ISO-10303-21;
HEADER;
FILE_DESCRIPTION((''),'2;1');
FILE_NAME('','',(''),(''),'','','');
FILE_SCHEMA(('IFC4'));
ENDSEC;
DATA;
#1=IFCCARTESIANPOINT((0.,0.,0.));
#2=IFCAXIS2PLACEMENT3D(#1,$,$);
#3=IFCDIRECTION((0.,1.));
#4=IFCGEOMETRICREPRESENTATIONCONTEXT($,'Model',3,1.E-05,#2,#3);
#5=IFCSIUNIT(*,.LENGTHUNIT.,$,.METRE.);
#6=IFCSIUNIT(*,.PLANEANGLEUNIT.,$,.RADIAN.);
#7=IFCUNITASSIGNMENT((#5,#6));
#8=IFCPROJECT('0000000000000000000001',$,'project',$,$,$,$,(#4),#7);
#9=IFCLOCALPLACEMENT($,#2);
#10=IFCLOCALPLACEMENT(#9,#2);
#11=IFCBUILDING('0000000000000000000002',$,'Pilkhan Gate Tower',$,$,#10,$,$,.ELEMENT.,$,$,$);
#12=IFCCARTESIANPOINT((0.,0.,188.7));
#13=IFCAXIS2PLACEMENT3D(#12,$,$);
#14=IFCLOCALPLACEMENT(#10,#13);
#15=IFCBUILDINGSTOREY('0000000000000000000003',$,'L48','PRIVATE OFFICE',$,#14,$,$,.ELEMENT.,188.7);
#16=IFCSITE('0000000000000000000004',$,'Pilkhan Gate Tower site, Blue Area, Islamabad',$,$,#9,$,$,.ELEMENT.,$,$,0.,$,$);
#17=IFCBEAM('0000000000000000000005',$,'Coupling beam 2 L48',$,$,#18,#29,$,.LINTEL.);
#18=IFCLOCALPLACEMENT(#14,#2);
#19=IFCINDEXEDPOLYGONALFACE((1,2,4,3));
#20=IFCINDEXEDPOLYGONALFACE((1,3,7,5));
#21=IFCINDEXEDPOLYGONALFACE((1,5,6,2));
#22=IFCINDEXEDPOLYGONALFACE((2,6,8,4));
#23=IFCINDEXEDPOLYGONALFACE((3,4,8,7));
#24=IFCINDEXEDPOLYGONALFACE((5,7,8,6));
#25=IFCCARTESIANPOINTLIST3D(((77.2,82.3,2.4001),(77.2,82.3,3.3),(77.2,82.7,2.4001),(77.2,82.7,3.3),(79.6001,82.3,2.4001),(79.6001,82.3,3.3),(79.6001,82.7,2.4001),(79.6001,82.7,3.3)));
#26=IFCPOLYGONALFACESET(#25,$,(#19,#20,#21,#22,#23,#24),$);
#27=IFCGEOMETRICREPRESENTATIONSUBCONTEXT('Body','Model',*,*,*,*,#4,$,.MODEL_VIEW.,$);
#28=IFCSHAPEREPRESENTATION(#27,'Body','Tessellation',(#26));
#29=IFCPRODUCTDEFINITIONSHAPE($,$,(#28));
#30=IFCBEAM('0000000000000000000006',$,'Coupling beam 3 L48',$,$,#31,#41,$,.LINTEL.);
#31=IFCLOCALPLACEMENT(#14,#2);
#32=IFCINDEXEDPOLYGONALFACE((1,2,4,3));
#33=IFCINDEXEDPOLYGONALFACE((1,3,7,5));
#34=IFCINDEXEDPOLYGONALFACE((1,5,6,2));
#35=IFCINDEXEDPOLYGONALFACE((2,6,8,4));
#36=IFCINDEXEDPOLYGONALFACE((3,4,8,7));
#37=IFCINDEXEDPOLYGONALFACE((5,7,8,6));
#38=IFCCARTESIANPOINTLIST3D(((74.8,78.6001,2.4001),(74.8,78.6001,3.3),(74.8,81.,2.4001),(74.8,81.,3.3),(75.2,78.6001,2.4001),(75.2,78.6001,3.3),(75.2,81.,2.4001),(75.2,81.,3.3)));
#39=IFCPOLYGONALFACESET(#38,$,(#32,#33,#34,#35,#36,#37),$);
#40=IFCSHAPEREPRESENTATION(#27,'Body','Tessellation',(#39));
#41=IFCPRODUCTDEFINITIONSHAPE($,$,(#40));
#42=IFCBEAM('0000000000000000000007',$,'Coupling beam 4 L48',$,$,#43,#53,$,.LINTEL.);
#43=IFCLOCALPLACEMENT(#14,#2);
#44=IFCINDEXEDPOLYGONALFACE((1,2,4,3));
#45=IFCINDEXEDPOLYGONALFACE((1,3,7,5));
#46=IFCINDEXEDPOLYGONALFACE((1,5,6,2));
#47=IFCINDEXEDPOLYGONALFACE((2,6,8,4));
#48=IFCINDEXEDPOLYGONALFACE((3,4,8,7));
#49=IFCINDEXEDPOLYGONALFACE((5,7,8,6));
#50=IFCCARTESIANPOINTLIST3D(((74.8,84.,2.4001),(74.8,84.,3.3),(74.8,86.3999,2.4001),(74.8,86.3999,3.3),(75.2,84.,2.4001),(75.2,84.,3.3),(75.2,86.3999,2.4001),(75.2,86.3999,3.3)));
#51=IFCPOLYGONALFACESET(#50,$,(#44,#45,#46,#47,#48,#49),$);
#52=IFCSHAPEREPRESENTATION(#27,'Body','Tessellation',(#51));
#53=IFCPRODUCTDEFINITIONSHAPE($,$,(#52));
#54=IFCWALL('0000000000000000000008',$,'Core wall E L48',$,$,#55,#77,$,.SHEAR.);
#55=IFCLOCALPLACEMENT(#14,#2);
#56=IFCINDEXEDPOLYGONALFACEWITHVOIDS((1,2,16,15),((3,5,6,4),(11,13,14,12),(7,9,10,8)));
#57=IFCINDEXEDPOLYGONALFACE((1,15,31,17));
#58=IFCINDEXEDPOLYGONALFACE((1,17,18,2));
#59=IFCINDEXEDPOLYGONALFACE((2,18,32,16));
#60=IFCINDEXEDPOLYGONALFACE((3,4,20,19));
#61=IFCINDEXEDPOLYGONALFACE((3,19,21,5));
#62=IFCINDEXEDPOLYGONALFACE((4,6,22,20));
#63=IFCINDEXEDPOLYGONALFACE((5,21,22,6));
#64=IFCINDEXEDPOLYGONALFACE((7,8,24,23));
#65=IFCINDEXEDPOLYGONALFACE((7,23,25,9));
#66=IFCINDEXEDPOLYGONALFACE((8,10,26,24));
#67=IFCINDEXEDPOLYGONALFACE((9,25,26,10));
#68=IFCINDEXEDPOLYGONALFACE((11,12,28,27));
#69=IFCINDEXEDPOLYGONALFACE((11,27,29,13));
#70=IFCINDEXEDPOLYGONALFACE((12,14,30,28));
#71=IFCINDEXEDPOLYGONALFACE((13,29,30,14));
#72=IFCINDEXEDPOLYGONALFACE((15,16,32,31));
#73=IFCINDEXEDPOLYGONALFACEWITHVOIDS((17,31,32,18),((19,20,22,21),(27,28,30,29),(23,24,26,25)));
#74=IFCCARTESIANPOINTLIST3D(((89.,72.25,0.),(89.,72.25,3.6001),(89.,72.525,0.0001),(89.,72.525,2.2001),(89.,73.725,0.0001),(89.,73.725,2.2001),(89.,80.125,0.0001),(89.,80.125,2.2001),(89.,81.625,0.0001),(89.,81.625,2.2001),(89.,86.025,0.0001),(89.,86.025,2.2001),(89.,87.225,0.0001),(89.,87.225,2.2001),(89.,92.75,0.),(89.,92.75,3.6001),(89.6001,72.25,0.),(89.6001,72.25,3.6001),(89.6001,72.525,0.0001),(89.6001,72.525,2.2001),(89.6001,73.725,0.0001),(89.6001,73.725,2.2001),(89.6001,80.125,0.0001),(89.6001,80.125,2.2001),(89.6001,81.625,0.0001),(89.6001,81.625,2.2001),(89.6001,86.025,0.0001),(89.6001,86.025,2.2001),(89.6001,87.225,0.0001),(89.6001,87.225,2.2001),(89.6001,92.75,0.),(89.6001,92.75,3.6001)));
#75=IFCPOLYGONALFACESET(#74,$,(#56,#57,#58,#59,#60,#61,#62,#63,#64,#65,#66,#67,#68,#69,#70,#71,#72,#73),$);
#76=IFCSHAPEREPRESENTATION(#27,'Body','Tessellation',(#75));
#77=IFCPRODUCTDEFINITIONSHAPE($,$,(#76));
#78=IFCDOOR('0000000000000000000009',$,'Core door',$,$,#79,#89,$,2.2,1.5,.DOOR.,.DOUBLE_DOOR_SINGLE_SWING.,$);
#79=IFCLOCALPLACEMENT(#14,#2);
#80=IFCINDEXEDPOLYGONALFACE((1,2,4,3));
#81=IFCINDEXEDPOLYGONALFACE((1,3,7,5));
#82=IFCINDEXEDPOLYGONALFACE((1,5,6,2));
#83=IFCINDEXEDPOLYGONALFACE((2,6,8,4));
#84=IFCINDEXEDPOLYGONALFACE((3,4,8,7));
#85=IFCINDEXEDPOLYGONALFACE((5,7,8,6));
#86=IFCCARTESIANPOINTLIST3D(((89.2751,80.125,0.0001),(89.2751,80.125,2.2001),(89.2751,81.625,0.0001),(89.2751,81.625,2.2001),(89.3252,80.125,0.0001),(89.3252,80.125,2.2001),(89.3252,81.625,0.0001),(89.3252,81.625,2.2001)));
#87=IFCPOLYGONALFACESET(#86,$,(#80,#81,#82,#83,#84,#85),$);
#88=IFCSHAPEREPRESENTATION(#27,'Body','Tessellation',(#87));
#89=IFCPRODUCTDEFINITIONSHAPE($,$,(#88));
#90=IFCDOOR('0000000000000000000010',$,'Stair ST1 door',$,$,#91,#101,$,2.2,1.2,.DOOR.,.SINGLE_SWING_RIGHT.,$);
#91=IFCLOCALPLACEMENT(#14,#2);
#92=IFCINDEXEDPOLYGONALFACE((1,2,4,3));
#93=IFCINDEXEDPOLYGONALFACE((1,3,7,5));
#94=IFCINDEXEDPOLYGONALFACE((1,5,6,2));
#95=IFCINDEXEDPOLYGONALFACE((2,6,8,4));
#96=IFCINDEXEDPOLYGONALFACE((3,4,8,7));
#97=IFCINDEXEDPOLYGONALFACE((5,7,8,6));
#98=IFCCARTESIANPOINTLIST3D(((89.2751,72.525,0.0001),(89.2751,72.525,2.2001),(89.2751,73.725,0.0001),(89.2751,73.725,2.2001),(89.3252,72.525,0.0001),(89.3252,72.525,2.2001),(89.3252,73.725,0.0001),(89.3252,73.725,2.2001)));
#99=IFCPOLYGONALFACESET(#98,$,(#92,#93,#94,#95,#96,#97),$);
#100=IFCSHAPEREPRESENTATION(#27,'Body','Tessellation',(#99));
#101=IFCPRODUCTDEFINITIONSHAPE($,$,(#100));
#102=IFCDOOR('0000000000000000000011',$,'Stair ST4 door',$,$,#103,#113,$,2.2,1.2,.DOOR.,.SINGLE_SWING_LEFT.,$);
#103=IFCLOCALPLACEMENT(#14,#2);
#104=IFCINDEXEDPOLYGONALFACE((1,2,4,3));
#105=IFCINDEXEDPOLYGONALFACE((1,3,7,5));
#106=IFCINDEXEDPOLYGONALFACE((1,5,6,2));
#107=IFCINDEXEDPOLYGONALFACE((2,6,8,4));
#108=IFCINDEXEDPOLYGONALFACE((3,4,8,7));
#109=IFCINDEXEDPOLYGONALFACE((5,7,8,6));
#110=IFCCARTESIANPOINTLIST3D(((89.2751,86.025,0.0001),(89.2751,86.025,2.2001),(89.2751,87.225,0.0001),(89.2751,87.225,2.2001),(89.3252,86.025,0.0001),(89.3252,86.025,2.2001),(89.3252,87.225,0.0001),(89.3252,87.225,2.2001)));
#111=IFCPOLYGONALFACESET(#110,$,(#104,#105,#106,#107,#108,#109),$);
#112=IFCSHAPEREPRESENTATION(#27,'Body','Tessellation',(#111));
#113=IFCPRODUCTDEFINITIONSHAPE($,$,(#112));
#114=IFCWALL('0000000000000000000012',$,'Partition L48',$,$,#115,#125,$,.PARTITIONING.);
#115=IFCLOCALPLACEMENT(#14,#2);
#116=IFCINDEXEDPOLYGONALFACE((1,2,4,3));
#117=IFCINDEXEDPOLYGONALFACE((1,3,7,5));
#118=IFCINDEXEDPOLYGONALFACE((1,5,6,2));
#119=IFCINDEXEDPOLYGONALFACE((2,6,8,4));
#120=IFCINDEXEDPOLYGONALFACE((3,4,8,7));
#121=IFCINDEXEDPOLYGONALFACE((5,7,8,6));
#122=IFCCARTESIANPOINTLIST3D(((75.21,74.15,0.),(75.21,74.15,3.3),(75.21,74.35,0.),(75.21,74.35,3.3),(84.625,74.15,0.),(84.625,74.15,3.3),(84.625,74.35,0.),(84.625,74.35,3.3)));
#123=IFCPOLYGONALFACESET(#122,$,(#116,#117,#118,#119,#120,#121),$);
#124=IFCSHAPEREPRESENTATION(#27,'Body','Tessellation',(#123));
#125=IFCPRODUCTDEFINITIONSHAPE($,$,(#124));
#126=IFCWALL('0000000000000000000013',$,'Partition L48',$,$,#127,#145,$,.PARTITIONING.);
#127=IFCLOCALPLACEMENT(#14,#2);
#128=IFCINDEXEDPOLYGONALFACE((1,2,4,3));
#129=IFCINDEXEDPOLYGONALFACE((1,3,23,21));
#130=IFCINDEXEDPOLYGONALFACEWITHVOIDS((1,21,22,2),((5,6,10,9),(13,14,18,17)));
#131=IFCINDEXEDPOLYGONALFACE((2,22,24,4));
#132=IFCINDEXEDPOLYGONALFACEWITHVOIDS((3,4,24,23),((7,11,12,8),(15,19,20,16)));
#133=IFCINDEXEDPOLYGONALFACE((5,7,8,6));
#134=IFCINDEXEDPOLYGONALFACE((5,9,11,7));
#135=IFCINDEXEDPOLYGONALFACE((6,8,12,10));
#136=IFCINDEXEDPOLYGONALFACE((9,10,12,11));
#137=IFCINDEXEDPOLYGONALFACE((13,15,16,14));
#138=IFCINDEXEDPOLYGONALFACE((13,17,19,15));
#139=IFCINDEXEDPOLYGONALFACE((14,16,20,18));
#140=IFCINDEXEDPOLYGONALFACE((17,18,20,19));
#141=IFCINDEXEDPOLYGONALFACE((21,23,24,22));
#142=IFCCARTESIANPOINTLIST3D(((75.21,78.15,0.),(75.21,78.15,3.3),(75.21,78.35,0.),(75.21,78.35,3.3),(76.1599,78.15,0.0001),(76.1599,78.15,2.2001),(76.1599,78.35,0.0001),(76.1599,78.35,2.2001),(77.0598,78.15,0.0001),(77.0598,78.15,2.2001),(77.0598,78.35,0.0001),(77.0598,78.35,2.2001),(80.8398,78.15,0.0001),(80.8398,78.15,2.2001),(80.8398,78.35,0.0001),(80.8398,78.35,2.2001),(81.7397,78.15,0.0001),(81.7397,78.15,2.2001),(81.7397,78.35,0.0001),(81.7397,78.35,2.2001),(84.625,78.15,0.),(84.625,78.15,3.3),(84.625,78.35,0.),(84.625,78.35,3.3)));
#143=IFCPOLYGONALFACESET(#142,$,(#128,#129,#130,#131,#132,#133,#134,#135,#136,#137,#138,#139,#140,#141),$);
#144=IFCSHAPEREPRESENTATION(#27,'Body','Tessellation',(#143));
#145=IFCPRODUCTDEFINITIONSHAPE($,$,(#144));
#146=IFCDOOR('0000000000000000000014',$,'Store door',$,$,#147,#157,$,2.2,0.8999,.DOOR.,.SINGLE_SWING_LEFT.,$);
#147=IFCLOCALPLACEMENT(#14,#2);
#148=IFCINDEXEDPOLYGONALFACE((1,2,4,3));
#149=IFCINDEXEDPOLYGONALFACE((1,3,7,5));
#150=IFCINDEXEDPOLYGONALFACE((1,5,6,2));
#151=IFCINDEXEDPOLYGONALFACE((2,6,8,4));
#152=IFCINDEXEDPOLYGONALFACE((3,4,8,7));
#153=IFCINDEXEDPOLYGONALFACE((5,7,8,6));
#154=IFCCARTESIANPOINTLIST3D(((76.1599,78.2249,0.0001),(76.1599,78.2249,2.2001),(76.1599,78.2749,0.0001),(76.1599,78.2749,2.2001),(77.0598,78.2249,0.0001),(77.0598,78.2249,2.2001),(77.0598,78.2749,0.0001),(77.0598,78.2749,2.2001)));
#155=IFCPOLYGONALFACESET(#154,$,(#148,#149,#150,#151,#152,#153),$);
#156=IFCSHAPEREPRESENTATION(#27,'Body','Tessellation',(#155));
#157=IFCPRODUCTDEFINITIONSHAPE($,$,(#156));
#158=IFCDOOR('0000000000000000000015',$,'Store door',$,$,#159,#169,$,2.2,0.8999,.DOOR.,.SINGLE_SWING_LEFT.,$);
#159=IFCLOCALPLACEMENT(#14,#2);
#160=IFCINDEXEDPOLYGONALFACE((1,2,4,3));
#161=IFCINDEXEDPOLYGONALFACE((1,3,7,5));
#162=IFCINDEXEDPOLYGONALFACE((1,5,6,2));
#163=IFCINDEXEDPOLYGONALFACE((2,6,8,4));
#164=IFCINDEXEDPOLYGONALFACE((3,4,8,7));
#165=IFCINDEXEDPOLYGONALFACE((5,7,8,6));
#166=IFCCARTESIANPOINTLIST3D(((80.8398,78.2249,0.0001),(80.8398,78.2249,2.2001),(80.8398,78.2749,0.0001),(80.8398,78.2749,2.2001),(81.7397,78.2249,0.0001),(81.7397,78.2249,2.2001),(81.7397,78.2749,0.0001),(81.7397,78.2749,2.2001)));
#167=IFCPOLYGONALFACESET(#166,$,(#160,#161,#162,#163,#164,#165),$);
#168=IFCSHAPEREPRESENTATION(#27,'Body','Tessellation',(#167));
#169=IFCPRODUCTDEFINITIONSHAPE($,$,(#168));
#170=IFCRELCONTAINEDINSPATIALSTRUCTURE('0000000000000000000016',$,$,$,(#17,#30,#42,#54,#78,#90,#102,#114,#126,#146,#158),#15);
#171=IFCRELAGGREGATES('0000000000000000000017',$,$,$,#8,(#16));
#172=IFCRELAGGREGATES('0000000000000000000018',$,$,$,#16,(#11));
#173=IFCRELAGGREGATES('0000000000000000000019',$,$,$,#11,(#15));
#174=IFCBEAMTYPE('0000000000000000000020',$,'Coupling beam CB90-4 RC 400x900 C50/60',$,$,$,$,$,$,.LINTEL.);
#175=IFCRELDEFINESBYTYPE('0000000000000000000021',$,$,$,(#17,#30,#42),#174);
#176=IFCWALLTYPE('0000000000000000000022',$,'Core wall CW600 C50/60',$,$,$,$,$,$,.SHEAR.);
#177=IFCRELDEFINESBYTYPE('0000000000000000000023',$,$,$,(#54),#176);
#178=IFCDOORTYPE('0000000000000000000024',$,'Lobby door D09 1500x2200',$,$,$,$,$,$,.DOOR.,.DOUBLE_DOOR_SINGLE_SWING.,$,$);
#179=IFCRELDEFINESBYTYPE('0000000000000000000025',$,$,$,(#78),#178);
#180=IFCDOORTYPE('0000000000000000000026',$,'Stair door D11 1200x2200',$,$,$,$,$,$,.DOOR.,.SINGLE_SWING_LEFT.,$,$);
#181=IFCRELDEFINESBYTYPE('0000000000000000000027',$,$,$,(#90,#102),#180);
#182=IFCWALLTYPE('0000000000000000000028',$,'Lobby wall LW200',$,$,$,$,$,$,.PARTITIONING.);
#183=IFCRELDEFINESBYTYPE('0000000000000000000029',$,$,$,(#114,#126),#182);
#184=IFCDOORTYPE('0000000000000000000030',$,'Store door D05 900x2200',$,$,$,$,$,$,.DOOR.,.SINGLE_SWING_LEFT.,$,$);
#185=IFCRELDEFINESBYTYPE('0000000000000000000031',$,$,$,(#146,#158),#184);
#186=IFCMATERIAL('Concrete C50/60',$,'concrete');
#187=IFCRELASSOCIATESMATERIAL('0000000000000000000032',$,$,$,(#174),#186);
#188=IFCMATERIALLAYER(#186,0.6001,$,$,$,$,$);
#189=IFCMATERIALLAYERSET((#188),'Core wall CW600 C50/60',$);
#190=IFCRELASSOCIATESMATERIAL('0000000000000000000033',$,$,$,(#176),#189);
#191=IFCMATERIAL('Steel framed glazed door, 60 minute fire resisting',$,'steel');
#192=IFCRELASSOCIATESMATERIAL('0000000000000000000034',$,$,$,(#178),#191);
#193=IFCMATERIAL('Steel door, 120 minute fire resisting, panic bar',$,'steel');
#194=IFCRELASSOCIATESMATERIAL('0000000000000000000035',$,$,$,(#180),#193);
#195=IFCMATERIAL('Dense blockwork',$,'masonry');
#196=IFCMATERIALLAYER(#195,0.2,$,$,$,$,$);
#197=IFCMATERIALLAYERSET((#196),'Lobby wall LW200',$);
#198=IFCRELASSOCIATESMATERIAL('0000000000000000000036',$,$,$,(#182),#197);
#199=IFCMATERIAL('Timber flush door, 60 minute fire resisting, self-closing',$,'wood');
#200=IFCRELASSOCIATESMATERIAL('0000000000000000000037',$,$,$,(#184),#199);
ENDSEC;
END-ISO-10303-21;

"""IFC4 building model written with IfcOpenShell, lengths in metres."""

from ifc_helpers import new_model, si_unit, direction, frame, frame_2d, origin, origin_2d, place, context, subcontext, project, spatial, rectangle, extrude, material, layer, layer_set, material_profile, profile_set, type_object, element, fill, save


model = new_model("IFC4")

# Units and contexts
model_context = context("Model", 3, precision=1e-05, world=origin(), true_north=direction((0.0, 1.0)))
body_context = subcontext(model_context, "Body", "Model", "MODEL_VIEW")
ifc_project = project(units=[si_unit("LENGTHUNIT", "METRE"), si_unit("PLANEANGLEUNIT", "RADIAN")], contexts=[model_context])

# Site, building, storey
site_placement = place(None, origin())
site = spatial("IfcSite", under=ifc_project, at=site_placement, Name="Pilkhan Gate Tower site, Blue Area, Islamabad", CompositionType="ELEMENT", RefElevation=0.0)
building_placement = place(site_placement, origin())
building = spatial("IfcBuilding", under=site, at=building_placement, Name="Pilkhan Gate Tower", CompositionType="ELEMENT")
storey_placement = place(building_placement, frame((0.0, 0.0, 188.7)))
storey = spatial("IfcBuildingStorey", under=building, at=storey_placement, Name="L48", Description="PRIVATE OFFICE", CompositionType="ELEMENT", Elevation=188.7)

# Beams
ifc_material_1 = material(Name="Concrete C50/60", Category="concrete")
ifc_material_profile = material_profile(ifc_material_1, rectangle(XDim=0.3999, YDim=0.8999, at=origin_2d()), Name="RC 400x900")
ifc_profile_set = profile_set([ifc_material_profile], Name="Concrete C50/60")
beam_type = type_object("IfcBeamType", Name="Coupling beam CB90-4 RC 400x900 C50/60", PredefinedType="LINTEL", material=ifc_profile_set)
beam_placement = place(storey_placement, frame((77.2, 82.5, 2.8501), z_axis=(1.0, 0.0, 0.0), x_axis=(0.0, 1.0, 0.0)))
element("IfcBeam", 1, at=beam_placement, inside=storey, type_object=beam_type, Name="Coupling beam 2 L48", PredefinedType="LINTEL", context=body_context, shape_type="SweptSolid", body=[
    extrude(rectangle(XDim=0.3999, YDim=0.8999, at=origin_2d()), origin(), (0.0, 0.0, 1.0), 2.4001),
])
for number, where, z_axis, x_axis, name in (
    (2, (75.0, 78.6001, 2.8501), (0.0, 1.0, 0.0), (-1.0, 0.0, 0.0), "Coupling beam 3 L48"),
    (3, (75.0, 84.0, 2.8501), (0.0, 1.0, 0.0), (-1.0, 0.0, 0.0), "Coupling beam 4 L48"),
):
    element("IfcBeam", number, at=place(storey_placement, frame(where, z_axis=z_axis, x_axis=x_axis)), inside=storey, type_object=beam_type, Name=name, PredefinedType="LINTEL", context=body_context, shape_type="SweptSolid", body=[
        extrude(rectangle(XDim=0.3999, YDim=0.8999, at=origin_2d()), origin(), (0.0, 0.0, 1.0), 2.3999),
    ])

# Wall, openings, doors
ifc_layer_1 = layer(ifc_material_1, 0.6001)
ifc_layer_set_1 = layer_set([ifc_layer_1], Name="Core wall CW600 C50/60")
wall_type_1 = type_object("IfcWallType", Name="Core wall CW600 C50/60", PredefinedType="SHEAR", material=ifc_layer_set_1)
wall_1_placement = place(storey_placement, frame((89.3, 72.25, 0.0), z_axis=(0.0, 0.0, 1.0), x_axis=(0.0, 1.0, 0.0)))
wall_1 = element("IfcWall", 4, at=wall_1_placement, inside=storey, type_object=wall_type_1, Name="Core wall E L48", PredefinedType="SHEAR", context=body_context, shape_type="SweptSolid", body=[
    extrude(rectangle(XDim=20.5, YDim=0.6001, at=frame_2d((10.25, 0.0))), origin(), (0.0, 0.0, 1.0), 3.6001),
])
opening_1_placement = place(wall_1_placement, frame((0.2749, 0.0, 0.0)))
opening_1 = element("IfcOpeningElement", 5, at=opening_1_placement, cuts=wall_1, PredefinedType="OPENING", context=body_context, shape_type="SweptSolid", body=[
    extrude(rectangle(XDim=1.2, YDim=2.2, at=frame_2d((0.6001, 1.1001))), frame((0.0, 0.3101, 0.0), z_axis=(0.0, -1.0, 0.0), x_axis=(1.0, 0.0, 0.0)), (0.0, 0.0, 1.0), 0.6201),
])
opening_2_placement = place(wall_1_placement, frame((13.7749, 0.0, 0.0)))
opening_2 = element("IfcOpeningElement", 6, at=opening_2_placement, cuts=wall_1, PredefinedType="OPENING", context=body_context, shape_type="SweptSolid", body=[
    extrude(rectangle(XDim=1.2, YDim=2.2, at=frame_2d((0.6001, 1.1001))), frame((0.0, 0.3101, 0.0), z_axis=(0.0, -1.0, 0.0), x_axis=(1.0, 0.0, 0.0)), (0.0, 0.0, 1.0), 0.6201),
])
opening_3_placement = place(wall_1_placement, frame((7.875, 0.0, 0.0)))
opening_3 = element("IfcOpeningElement", 7, at=opening_3_placement, cuts=wall_1, PredefinedType="OPENING", context=body_context, shape_type="SweptSolid", body=[
    extrude(rectangle(XDim=1.5, YDim=2.2, at=frame_2d((0.75, 1.1001))), frame((0.0, 0.3101, 0.0), z_axis=(0.0, -1.0, 0.0), x_axis=(1.0, 0.0, 0.0)), (0.0, 0.0, 1.0), 0.6201),
])
ifc_material_2 = material(Name="Steel framed glazed door, 60 minute fire resisting", Category="steel")
door_type_1 = type_object("IfcDoorType", Name="Lobby door D09 1500x2200", OperationType="DOUBLE_DOOR_SINGLE_SWING", PredefinedType="DOOR", material=ifc_material_2)
door_1_placement = place(opening_3_placement, origin())
door_1 = element("IfcDoor", 8, at=door_1_placement, inside=storey, type_object=door_type_1, Name="Core door", OperationType="DOUBLE_DOOR_SINGLE_SWING", OverallHeight=2.2, OverallWidth=1.5, PredefinedType="DOOR", context=body_context, shape_type="SweptSolid", body=[
    extrude(rectangle(XDim=1.5, YDim=2.2, at=frame_2d((0.75, 1.1001))), frame((0.0, 0.0249, 0.0), z_axis=(0.0, -1.0, 0.0), x_axis=(1.0, 0.0, 0.0)), (0.0, 0.0, 1.0), 0.05),
])
fill(opening_3, door_1)
ifc_material_3 = material(Name="Steel door, 120 minute fire resisting, panic bar", Category="steel")
door_type_2 = type_object("IfcDoorType", Name="Stair door D11 1200x2200", OperationType="SINGLE_SWING_LEFT", PredefinedType="DOOR", material=ifc_material_3)
door_2_placement = place(opening_1_placement, origin())
door_2 = element("IfcDoor", 9, at=door_2_placement, inside=storey, type_object=door_type_2, Name="Stair ST1 door", OperationType="SINGLE_SWING_RIGHT", OverallHeight=2.2, OverallWidth=1.2, PredefinedType="DOOR", context=body_context, shape_type="SweptSolid", body=[
    extrude(rectangle(XDim=1.2, YDim=2.2, at=frame_2d((0.6001, 1.1001))), frame((0.0, 0.0249, 0.0), z_axis=(0.0, -1.0, 0.0), x_axis=(1.0, 0.0, 0.0)), (0.0, 0.0, 1.0), 0.05),
])
fill(opening_1, door_2)
door_3_placement = place(opening_2_placement, origin())
door_3 = element("IfcDoor", 10, at=door_3_placement, inside=storey, type_object=door_type_2, Name="Stair ST4 door", OperationType="SINGLE_SWING_LEFT", OverallHeight=2.2, OverallWidth=1.2, PredefinedType="DOOR", context=body_context, shape_type="SweptSolid", body=[
    extrude(rectangle(XDim=1.2, YDim=2.2, at=frame_2d((0.6001, 1.1001))), frame((0.0, 0.0249, 0.0), z_axis=(0.0, -1.0, 0.0), x_axis=(1.0, 0.0, 0.0)), (0.0, 0.0, 1.0), 0.05),
])
fill(opening_2, door_3)

# Wall
ifc_material_4 = material(Name="Dense blockwork", Category="masonry")
ifc_layer_2 = layer(ifc_material_4, 0.2)
ifc_layer_set_2 = layer_set([ifc_layer_2], Name="Lobby wall LW200")
wall_type_2 = type_object("IfcWallType", Name="Lobby wall LW200", PredefinedType="PARTITIONING", material=ifc_layer_set_2)
wall_2_placement = place(storey_placement, frame((75.21, 74.25, 0.0), z_axis=(0.0, 0.0, 1.0), x_axis=(1.0, 0.0, 0.0)))
element("IfcWall", 11, at=wall_2_placement, inside=storey, type_object=wall_type_2, Name="Partition L48", PredefinedType="PARTITIONING", context=body_context, shape_type="SweptSolid", body=[
    extrude(rectangle(XDim=9.415, YDim=0.2, at=frame_2d((4.7075, 0.0))), origin(), (0.0, 0.0, 1.0), 3.3),
])

# Wall, openings, doors
wall_3_placement = place(storey_placement, frame((75.21, 78.25, 0.0), z_axis=(0.0, 0.0, 1.0), x_axis=(1.0, 0.0, 0.0)))
wall_3 = element("IfcWall", 12, at=wall_3_placement, inside=storey, type_object=wall_type_2, Name="Partition L48", PredefinedType="PARTITIONING", context=body_context, shape_type="SweptSolid", body=[
    extrude(rectangle(XDim=9.415, YDim=0.2, at=frame_2d((4.7075, 0.0))), origin(), (0.0, 0.0, 1.0), 3.3),
])
opening_4_placement = place(wall_3_placement, frame((0.95, 0.0, 0.0)))
opening_4 = element("IfcOpeningElement", 13, at=opening_4_placement, cuts=wall_3, PredefinedType="OPENING", context=body_context, shape_type="SweptSolid", body=[
    extrude(rectangle(XDim=0.8999, YDim=2.2, at=frame_2d((0.45, 1.1001))), frame((0.0, 0.1099, 0.0), z_axis=(0.0, -1.0, 0.0), x_axis=(1.0, 0.0, 0.0)), (0.0, 0.0, 1.0), 0.22),
])
opening_5_placement = place(wall_3_placement, frame((5.6299, 0.0, 0.0)))
opening_5 = element("IfcOpeningElement", 14, at=opening_5_placement, cuts=wall_3, PredefinedType="OPENING", context=body_context, shape_type="SweptSolid", body=[
    extrude(rectangle(XDim=0.8999, YDim=2.2, at=frame_2d((0.45, 1.1001))), frame((0.0, 0.1099, 0.0), z_axis=(0.0, -1.0, 0.0), x_axis=(1.0, 0.0, 0.0)), (0.0, 0.0, 1.0), 0.22),
])
ifc_material_5 = material(Name="Timber flush door, 60 minute fire resisting, self-closing", Category="wood")
door_type_3 = type_object("IfcDoorType", Name="Store door D05 900x2200", OperationType="SINGLE_SWING_LEFT", PredefinedType="DOOR", material=ifc_material_5)
door_4_placement = place(opening_4_placement, origin())
door_4 = element("IfcDoor", 15, at=door_4_placement, inside=storey, type_object=door_type_3, Name="Store door", OperationType="SINGLE_SWING_LEFT", OverallHeight=2.2, OverallWidth=0.8999, PredefinedType="DOOR", context=body_context, shape_type="SweptSolid", body=[
    extrude(rectangle(XDim=0.8999, YDim=2.2, at=frame_2d((0.45, 1.1001))), frame((0.0, 0.0249, 0.0), z_axis=(0.0, -1.0, 0.0), x_axis=(1.0, 0.0, 0.0)), (0.0, 0.0, 1.0), 0.05),
])
fill(opening_4, door_4)
door_5_placement = place(opening_5_placement, origin())
door_5 = element("IfcDoor", 16, at=door_5_placement, inside=storey, type_object=door_type_3, Name="Store door", OperationType="SINGLE_SWING_LEFT", OverallHeight=2.2, OverallWidth=0.8999, PredefinedType="DOOR", context=body_context, shape_type="SweptSolid", body=[
    extrude(rectangle(XDim=0.8999, YDim=2.2, at=frame_2d((0.45, 1.1001))), frame((0.0, 0.0249, 0.0), z_axis=(0.0, -1.0, 0.0), x_axis=(1.0, 0.0, 0.0)), (0.0, 0.0, 1.0), 0.05),
])
fill(opening_5, door_5)

save(model, "model.ifc")
